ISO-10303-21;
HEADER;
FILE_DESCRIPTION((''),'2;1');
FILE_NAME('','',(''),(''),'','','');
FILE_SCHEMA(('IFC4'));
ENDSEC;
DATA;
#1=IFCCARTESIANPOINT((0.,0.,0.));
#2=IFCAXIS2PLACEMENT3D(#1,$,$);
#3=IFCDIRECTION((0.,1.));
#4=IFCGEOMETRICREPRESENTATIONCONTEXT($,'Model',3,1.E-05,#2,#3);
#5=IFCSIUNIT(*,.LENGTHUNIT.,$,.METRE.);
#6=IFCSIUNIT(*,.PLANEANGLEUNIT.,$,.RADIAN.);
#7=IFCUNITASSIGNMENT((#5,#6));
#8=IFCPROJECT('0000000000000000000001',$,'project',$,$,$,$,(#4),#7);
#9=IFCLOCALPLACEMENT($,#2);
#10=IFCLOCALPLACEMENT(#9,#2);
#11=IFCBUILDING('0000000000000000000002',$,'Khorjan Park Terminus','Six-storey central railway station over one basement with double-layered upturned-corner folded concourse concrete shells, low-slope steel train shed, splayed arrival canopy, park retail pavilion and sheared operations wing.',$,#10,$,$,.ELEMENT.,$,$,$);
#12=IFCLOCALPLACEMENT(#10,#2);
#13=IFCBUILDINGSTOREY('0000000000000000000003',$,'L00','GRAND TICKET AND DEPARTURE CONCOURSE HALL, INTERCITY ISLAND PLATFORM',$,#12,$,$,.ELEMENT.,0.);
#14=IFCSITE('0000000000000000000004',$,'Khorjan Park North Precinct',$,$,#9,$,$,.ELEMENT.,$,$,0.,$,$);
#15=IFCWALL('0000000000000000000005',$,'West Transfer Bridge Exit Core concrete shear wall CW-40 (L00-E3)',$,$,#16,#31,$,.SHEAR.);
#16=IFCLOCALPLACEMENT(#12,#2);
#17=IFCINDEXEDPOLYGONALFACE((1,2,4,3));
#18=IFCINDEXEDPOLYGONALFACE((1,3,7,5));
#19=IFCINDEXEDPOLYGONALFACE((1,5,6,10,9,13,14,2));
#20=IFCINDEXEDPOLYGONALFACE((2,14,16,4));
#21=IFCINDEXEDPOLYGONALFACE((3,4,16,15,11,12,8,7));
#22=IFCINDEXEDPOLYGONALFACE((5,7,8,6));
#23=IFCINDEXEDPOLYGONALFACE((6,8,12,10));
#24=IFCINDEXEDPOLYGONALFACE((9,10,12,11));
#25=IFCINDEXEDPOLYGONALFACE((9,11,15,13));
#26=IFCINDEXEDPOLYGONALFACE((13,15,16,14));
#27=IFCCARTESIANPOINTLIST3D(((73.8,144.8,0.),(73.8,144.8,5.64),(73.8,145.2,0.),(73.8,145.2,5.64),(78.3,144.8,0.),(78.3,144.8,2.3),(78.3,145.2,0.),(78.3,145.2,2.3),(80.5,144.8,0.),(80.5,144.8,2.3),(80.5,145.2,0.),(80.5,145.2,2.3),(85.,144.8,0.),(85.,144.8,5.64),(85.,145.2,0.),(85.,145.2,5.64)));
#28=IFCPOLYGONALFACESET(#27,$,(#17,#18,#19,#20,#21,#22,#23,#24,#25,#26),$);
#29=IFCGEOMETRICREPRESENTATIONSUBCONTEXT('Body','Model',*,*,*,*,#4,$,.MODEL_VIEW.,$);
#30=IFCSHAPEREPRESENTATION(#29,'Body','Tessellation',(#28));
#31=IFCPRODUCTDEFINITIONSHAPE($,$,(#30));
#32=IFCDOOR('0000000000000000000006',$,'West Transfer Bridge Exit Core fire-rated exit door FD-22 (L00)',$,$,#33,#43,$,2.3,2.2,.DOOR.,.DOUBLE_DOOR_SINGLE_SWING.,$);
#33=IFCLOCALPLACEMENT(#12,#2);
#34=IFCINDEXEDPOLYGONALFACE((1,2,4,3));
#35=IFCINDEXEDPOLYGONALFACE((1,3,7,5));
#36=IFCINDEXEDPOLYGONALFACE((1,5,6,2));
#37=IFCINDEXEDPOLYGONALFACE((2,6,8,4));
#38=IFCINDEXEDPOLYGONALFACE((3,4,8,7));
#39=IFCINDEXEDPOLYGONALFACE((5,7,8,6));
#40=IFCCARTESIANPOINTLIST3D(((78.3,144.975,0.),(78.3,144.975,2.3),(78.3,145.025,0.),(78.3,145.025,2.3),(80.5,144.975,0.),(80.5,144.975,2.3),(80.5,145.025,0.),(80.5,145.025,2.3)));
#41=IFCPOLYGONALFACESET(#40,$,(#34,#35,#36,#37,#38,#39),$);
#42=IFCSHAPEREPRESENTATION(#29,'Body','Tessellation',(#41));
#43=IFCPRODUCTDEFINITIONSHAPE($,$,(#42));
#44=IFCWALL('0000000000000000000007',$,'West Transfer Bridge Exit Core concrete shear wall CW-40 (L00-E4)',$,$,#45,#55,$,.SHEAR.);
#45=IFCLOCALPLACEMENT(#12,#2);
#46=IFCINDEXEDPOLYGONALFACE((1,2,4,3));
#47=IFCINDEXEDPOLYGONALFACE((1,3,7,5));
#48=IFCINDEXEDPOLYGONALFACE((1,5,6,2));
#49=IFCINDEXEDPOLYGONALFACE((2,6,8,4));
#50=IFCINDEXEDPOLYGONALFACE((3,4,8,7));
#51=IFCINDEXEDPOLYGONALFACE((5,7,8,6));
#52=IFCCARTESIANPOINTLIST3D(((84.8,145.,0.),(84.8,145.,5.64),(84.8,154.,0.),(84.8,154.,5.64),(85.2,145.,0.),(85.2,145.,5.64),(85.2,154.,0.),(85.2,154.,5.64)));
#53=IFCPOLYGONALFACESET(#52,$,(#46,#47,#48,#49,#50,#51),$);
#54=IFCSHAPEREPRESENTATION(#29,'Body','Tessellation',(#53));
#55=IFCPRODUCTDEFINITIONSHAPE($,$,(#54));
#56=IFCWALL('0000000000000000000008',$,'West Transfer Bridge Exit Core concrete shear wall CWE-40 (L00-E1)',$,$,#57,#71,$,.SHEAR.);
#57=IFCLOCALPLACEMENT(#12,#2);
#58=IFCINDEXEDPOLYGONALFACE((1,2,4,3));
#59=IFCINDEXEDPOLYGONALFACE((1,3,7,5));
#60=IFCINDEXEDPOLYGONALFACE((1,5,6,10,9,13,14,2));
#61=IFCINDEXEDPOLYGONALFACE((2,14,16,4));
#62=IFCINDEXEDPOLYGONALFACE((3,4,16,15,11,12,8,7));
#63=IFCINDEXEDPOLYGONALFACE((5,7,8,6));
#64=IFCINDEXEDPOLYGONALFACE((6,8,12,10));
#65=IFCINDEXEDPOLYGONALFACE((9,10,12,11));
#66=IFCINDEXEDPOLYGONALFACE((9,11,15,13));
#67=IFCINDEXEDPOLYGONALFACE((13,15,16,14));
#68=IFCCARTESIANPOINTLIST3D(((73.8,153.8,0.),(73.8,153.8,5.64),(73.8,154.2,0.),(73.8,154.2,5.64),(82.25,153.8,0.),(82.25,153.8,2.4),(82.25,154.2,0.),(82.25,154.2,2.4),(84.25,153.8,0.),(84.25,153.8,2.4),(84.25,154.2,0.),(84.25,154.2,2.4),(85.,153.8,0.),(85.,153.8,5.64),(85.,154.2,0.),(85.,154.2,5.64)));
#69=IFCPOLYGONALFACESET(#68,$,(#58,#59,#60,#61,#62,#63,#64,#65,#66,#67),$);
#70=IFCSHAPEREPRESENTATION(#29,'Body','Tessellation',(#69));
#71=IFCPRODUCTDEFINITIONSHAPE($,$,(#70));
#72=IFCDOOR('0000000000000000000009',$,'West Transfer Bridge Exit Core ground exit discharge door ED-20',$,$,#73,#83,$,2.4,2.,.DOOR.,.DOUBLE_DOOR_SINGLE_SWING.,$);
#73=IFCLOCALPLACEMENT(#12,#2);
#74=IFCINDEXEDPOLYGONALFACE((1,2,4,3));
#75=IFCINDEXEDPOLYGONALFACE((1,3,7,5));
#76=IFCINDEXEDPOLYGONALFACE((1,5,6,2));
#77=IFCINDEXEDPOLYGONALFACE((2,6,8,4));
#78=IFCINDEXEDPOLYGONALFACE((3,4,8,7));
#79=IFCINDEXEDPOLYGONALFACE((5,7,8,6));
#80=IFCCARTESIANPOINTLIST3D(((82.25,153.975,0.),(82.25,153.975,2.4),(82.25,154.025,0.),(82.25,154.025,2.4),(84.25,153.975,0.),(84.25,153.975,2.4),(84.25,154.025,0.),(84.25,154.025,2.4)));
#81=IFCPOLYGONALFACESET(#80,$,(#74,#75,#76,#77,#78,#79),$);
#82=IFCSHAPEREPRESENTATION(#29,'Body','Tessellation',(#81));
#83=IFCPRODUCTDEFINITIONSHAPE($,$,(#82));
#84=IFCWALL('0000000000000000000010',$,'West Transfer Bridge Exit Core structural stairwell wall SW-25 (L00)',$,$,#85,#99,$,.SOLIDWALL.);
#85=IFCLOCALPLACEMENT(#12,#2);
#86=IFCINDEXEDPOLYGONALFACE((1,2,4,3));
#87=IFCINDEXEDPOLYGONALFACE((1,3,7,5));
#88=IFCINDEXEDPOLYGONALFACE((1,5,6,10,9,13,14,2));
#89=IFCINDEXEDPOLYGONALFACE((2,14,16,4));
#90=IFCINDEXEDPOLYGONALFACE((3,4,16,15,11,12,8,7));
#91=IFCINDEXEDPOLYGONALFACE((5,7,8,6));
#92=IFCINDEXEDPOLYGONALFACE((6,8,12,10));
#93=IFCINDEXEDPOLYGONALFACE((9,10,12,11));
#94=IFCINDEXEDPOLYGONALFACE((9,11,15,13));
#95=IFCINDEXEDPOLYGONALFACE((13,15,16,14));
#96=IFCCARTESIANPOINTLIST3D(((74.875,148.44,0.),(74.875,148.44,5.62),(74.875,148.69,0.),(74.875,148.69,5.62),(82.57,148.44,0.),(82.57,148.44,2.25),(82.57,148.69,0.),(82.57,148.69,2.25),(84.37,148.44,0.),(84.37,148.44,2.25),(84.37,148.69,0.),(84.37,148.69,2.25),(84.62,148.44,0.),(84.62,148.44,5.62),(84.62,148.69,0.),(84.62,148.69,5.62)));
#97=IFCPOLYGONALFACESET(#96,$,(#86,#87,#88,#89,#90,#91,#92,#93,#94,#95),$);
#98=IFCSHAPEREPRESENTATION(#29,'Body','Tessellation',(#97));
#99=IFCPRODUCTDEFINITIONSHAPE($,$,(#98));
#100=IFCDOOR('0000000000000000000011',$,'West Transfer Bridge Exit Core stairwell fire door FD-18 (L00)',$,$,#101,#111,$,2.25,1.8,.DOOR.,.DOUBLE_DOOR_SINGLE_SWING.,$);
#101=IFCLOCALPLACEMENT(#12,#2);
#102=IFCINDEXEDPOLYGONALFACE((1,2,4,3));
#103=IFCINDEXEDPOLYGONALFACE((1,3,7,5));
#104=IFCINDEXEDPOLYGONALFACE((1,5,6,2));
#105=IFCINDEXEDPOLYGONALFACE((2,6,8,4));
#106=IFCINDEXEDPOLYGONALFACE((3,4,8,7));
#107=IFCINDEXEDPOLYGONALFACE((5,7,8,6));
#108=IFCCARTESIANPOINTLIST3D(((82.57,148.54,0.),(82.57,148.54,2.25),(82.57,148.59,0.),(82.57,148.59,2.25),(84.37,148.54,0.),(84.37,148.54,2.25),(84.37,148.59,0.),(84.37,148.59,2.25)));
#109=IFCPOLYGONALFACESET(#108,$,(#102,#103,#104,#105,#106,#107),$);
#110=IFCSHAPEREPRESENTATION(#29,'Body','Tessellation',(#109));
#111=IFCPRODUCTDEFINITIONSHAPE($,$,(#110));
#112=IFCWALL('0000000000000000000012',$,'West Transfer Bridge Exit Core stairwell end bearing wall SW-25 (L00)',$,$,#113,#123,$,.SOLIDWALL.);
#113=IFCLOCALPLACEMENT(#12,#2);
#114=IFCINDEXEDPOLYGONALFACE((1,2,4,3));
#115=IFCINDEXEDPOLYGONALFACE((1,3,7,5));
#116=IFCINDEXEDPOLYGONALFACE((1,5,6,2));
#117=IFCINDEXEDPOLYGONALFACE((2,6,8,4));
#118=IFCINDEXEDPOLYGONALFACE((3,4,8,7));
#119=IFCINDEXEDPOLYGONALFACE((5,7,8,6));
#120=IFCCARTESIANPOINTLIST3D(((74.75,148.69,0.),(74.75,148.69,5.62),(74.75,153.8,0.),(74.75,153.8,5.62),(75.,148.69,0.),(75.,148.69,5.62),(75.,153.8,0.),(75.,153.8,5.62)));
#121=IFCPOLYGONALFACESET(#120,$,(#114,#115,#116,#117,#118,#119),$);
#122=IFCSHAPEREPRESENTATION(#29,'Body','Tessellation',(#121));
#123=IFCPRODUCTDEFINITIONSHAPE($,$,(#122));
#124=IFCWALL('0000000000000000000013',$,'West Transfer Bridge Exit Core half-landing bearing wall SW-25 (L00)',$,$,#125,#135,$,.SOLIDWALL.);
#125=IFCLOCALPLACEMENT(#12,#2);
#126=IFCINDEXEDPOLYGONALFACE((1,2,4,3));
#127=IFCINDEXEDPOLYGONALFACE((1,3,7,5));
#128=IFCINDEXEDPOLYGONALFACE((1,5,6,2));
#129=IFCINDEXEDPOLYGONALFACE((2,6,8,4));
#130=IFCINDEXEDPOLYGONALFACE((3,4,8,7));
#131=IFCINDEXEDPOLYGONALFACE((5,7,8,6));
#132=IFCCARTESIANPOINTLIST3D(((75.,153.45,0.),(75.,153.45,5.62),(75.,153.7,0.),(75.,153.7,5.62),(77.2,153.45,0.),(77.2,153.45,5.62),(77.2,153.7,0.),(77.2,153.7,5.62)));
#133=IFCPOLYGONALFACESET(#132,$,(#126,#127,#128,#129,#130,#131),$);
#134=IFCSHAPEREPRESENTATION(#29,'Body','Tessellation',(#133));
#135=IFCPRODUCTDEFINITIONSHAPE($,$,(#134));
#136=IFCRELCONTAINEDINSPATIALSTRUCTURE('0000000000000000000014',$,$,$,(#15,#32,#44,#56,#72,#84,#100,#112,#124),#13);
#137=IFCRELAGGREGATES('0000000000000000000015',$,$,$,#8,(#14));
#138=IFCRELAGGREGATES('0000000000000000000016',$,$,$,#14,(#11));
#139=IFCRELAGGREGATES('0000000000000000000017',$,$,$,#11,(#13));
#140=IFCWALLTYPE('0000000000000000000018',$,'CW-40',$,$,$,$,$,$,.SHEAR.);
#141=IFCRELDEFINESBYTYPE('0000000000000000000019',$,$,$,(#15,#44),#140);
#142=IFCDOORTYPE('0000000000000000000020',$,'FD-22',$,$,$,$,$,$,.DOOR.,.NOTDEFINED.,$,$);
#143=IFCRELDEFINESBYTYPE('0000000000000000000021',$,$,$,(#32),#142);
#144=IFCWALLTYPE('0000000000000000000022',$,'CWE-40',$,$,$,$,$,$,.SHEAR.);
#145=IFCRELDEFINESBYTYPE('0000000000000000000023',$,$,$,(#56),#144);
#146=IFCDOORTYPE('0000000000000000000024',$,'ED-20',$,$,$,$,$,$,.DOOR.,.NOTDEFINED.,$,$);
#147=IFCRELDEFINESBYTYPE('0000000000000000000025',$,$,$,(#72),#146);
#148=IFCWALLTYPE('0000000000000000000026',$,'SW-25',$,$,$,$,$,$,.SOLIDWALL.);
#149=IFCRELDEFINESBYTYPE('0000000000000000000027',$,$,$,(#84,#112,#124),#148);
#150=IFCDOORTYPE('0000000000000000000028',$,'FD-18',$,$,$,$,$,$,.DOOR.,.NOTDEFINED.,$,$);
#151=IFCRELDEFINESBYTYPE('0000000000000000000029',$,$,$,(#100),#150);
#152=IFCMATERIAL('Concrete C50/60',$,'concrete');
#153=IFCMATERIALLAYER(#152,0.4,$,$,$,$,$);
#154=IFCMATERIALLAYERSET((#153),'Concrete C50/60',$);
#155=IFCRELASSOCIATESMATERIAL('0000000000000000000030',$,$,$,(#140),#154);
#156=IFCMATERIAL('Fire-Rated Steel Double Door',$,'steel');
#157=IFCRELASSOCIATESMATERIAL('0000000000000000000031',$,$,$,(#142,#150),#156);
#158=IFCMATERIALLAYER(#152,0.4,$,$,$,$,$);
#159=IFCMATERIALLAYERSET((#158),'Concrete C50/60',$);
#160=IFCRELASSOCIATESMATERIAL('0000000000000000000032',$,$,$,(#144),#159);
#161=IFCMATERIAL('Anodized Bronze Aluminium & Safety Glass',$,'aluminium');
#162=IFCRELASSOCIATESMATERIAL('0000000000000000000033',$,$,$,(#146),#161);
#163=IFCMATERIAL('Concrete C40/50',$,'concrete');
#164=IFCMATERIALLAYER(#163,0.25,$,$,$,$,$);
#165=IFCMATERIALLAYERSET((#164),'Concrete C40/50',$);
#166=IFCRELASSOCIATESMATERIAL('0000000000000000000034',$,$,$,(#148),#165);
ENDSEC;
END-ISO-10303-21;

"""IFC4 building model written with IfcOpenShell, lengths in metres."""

from ifc_helpers import new_model, si_unit, direction, frame, frame_2d, origin, place, context, subcontext, project, spatial, rectangle, extrude, material, layer, layer_set, type_object, element, fill, save


model = new_model("IFC4")

# Units and contexts
model_context = context("Model", 3, precision=1e-05, world=origin(), true_north=direction((0.0, 1.0)))
body_context = subcontext(model_context, "Body", "Model", "MODEL_VIEW")
ifc_project = project(units=[si_unit("LENGTHUNIT", "METRE"), si_unit("PLANEANGLEUNIT", "RADIAN")], contexts=[model_context])

# Site, building, storey
site_placement = place(None, origin())
site = spatial("IfcSite", under=ifc_project, at=site_placement, Name="Khorjan Park North Precinct", CompositionType="ELEMENT", RefElevation=0.0)
building_placement = place(site_placement, origin())
building = spatial("IfcBuilding", under=site, at=building_placement, Name="Khorjan Park Terminus", Description="Six-storey central railway station over one basement with double-layered upturned-corner folded concourse concrete shells, low-slope steel train shed, splayed arrival canopy, park retail pavilion and sheared operations wing.", CompositionType="ELEMENT")
storey_placement = place(building_placement, origin())
storey = spatial("IfcBuildingStorey", under=building, at=storey_placement, Name="L00", Description="GRAND TICKET AND DEPARTURE CONCOURSE HALL, INTERCITY ISLAND PLATFORM", CompositionType="ELEMENT", Elevation=0.0)

# Shared definitions
ifc_material_1 = material(Name="Concrete C50/60", Category="concrete")
ifc_layer_1 = layer(ifc_material_1, 0.4)
ifc_layer_set_1 = layer_set([ifc_layer_1], Name="Concrete C50/60")
wall_type_1 = type_object("IfcWallType", Name="CW-40", PredefinedType="SHEAR", material=ifc_layer_set_1)

# Wall, opening, door
wall_1_placement = place(storey_placement, frame((73.8, 145.0, 0.0), z_axis=(0.0, 0.0, 1.0), x_axis=(1.0, 0.0, 0.0)))
wall_1 = element("IfcWall", 1, at=wall_1_placement, inside=storey, type_object=wall_type_1, Name="West Transfer Bridge Exit Core concrete shear wall CW-40 (L00-E3)", PredefinedType="SHEAR", context=body_context, shape_type="SweptSolid", body=[
    extrude(rectangle(XDim=11.2, YDim=0.4, at=frame_2d((5.6, 0.0))), origin(), (0.0, 0.0, 1.0), 5.64),
])
opening_1_placement = place(wall_1_placement, frame((4.5, 0.0, 0.0)))
opening_1 = element("IfcOpeningElement", 2, at=opening_1_placement, cuts=wall_1, PredefinedType="OPENING", context=body_context, shape_type="SweptSolid", body=[
    extrude(rectangle(XDim=2.2, YDim=2.3, at=frame_2d((1.1, 1.15))), frame((0.0, 0.21, 0.0), z_axis=(0.0, -1.0, 0.0), x_axis=(1.0, 0.0, 0.0)), (0.0, 0.0, 1.0), 0.42),
])
ifc_material_2 = material(Name="Fire-Rated Steel Double Door", Category="steel")
door_type_1 = type_object("IfcDoorType", Name="FD-22", OperationType="NOTDEFINED", PredefinedType="DOOR", material=ifc_material_2)
door_1_placement = place(opening_1_placement, origin())
door_1 = element("IfcDoor", 3, at=door_1_placement, inside=storey, type_object=door_type_1, Name="West Transfer Bridge Exit Core fire-rated exit door FD-22 (L00)", OperationType="DOUBLE_DOOR_SINGLE_SWING", OverallHeight=2.3, OverallWidth=2.2, PredefinedType="DOOR", context=body_context, shape_type="SweptSolid", body=[
    extrude(rectangle(XDim=2.2, YDim=2.3, at=frame_2d((1.1, 1.15))), frame((0.0, 0.025, 0.0), z_axis=(0.0, -1.0, 0.0), x_axis=(1.0, 0.0, 0.0)), (0.0, 0.0, 1.0), 0.05),
])
fill(opening_1, door_1)

# Wall
wall_2_placement = place(storey_placement, frame((85.0, 145.0, 0.0), z_axis=(0.0, 0.0, 1.0), x_axis=(0.0, 1.0, 0.0)))
element("IfcWall", 4, at=wall_2_placement, inside=storey, type_object=wall_type_1, Name="West Transfer Bridge Exit Core concrete shear wall CW-40 (L00-E4)", PredefinedType="SHEAR", context=body_context, shape_type="SweptSolid", body=[
    extrude(rectangle(XDim=9.0, YDim=0.4, at=frame_2d((4.5, 0.0))), origin(), (0.0, 0.0, 1.0), 5.64),
])

# Walls, openings, doors
ifc_layer_2 = layer(ifc_material_1, 0.4)
ifc_layer_set_2 = layer_set([ifc_layer_2], Name="Concrete C50/60")
wall_type_2 = type_object("IfcWallType", Name="CWE-40", PredefinedType="SHEAR", material=ifc_layer_set_2)
wall_3_placement = place(storey_placement, frame((85.0, 154.0, 0.0), z_axis=(0.0, 0.0, 1.0), x_axis=(-1.0, 0.0, 0.0)))
wall_3 = element("IfcWall", 5, at=wall_3_placement, inside=storey, type_object=wall_type_2, Name="West Transfer Bridge Exit Core concrete shear wall CWE-40 (L00-E1)", PredefinedType="SHEAR", context=body_context, shape_type="SweptSolid", body=[
    extrude(rectangle(XDim=11.2, YDim=0.4, at=frame_2d((5.6, 0.0))), origin(), (0.0, 0.0, 1.0), 5.64),
])
opening_2_placement = place(wall_3_placement, frame((0.75, 0.0, 0.0)))
opening_2 = element("IfcOpeningElement", 6, at=opening_2_placement, cuts=wall_3, PredefinedType="OPENING", context=body_context, shape_type="SweptSolid", body=[
    extrude(rectangle(XDim=2.0, YDim=2.4, at=frame_2d((1.0, 1.2))), frame((0.0, 0.21, 0.0), z_axis=(0.0, -1.0, 0.0), x_axis=(1.0, 0.0, 0.0)), (0.0, 0.0, 1.0), 0.42),
])
ifc_material_3 = material(Name="Anodized Bronze Aluminium & Safety Glass", Category="aluminium")
door_type_2 = type_object("IfcDoorType", Name="ED-20", OperationType="NOTDEFINED", PredefinedType="DOOR", material=ifc_material_3)
door_2_placement = place(opening_2_placement, frame((2.0, 0.0, 0.0), z_axis=(0.0, 0.0, 1.0), x_axis=(-1.0, 0.0, 0.0)))
door_2 = element("IfcDoor", 7, at=door_2_placement, inside=storey, type_object=door_type_2, Name="West Transfer Bridge Exit Core ground exit discharge door ED-20", OperationType="DOUBLE_DOOR_SINGLE_SWING", OverallHeight=2.4, OverallWidth=2.0, PredefinedType="DOOR", context=body_context, shape_type="SweptSolid", body=[
    extrude(rectangle(XDim=2.0, YDim=2.4, at=frame_2d((1.0, 1.2))), frame((0.0, 0.025, 0.0), z_axis=(0.0, -1.0, 0.0), x_axis=(1.0, 0.0, 0.0)), (0.0, 0.0, 1.0), 0.05),
])
fill(opening_2, door_2)
ifc_material_4 = material(Name="Concrete C40/50", Category="concrete")
ifc_layer_3 = layer(ifc_material_4, 0.25)
ifc_layer_set_3 = layer_set([ifc_layer_3], Name="Concrete C40/50")
wall_type_3 = type_object("IfcWallType", Name="SW-25", PredefinedType="SOLIDWALL", material=ifc_layer_set_3)
wall_4_placement = place(storey_placement, frame((84.62, 148.565, 0.0), z_axis=(0.0, 0.0, 1.0), x_axis=(-1.0, 0.0, 0.0)))
wall_4 = element("IfcWall", 8, at=wall_4_placement, inside=storey, type_object=wall_type_3, Name="West Transfer Bridge Exit Core structural stairwell wall SW-25 (L00)", PredefinedType="SOLIDWALL", context=body_context, shape_type="SweptSolid", body=[
    extrude(rectangle(XDim=9.745, YDim=0.25, at=frame_2d((4.8725, 0.0))), origin(), (0.0, 0.0, 1.0), 5.62),
])
opening_3_placement = place(wall_4_placement, frame((0.25, 0.0, 0.0)))
opening_3 = element("IfcOpeningElement", 9, at=opening_3_placement, cuts=wall_4, PredefinedType="OPENING", context=body_context, shape_type="SweptSolid", body=[
    extrude(rectangle(XDim=1.8, YDim=2.25, at=frame_2d((0.9, 1.125))), frame((0.0, 0.135, 0.0), z_axis=(0.0, -1.0, 0.0), x_axis=(1.0, 0.0, 0.0)), (0.0, 0.0, 1.0), 0.27),
])
door_type_3 = type_object("IfcDoorType", Name="FD-18", OperationType="NOTDEFINED", PredefinedType="DOOR", material=ifc_material_2)
door_3_placement = place(opening_3_placement, origin())
door_3 = element("IfcDoor", 10, at=door_3_placement, inside=storey, type_object=door_type_3, Name="West Transfer Bridge Exit Core stairwell fire door FD-18 (L00)", OperationType="DOUBLE_DOOR_SINGLE_SWING", OverallHeight=2.25, OverallWidth=1.8, PredefinedType="DOOR", context=body_context, shape_type="SweptSolid", body=[
    extrude(rectangle(XDim=1.8, YDim=2.25, at=frame_2d((0.9, 1.125))), frame((0.0, 0.025, 0.0), z_axis=(0.0, -1.0, 0.0), x_axis=(1.0, 0.0, 0.0)), (0.0, 0.0, 1.0), 0.05),
])
fill(opening_3, door_3)

# Walls
wall_5_placement = place(storey_placement, frame((74.875, 153.8, 0.0), z_axis=(0.0, 0.0, 1.0), x_axis=(0.0, -1.0, 0.0)))
element("IfcWall", 11, at=wall_5_placement, inside=storey, type_object=wall_type_3, Name="West Transfer Bridge Exit Core stairwell end bearing wall SW-25 (L00)", PredefinedType="SOLIDWALL", context=body_context, shape_type="SweptSolid", body=[
    extrude(rectangle(XDim=5.11, YDim=0.25, at=frame_2d((2.555, 0.0))), origin(), (0.0, 0.0, 1.0), 5.62),
])
wall_6_placement = place(storey_placement, frame((77.2, 153.575, 0.0), z_axis=(0.0, 0.0, 1.0), x_axis=(-1.0, 0.0, 0.0)))
element("IfcWall", 12, at=wall_6_placement, inside=storey, type_object=wall_type_3, Name="West Transfer Bridge Exit Core half-landing bearing wall SW-25 (L00)", PredefinedType="SOLIDWALL", context=body_context, shape_type="SweptSolid", body=[
    extrude(rectangle(XDim=2.2, YDim=0.25, at=frame_2d((1.1, 0.0))), origin(), (0.0, 0.0, 1.0), 5.62),
])

save(model, "model.ifc")
